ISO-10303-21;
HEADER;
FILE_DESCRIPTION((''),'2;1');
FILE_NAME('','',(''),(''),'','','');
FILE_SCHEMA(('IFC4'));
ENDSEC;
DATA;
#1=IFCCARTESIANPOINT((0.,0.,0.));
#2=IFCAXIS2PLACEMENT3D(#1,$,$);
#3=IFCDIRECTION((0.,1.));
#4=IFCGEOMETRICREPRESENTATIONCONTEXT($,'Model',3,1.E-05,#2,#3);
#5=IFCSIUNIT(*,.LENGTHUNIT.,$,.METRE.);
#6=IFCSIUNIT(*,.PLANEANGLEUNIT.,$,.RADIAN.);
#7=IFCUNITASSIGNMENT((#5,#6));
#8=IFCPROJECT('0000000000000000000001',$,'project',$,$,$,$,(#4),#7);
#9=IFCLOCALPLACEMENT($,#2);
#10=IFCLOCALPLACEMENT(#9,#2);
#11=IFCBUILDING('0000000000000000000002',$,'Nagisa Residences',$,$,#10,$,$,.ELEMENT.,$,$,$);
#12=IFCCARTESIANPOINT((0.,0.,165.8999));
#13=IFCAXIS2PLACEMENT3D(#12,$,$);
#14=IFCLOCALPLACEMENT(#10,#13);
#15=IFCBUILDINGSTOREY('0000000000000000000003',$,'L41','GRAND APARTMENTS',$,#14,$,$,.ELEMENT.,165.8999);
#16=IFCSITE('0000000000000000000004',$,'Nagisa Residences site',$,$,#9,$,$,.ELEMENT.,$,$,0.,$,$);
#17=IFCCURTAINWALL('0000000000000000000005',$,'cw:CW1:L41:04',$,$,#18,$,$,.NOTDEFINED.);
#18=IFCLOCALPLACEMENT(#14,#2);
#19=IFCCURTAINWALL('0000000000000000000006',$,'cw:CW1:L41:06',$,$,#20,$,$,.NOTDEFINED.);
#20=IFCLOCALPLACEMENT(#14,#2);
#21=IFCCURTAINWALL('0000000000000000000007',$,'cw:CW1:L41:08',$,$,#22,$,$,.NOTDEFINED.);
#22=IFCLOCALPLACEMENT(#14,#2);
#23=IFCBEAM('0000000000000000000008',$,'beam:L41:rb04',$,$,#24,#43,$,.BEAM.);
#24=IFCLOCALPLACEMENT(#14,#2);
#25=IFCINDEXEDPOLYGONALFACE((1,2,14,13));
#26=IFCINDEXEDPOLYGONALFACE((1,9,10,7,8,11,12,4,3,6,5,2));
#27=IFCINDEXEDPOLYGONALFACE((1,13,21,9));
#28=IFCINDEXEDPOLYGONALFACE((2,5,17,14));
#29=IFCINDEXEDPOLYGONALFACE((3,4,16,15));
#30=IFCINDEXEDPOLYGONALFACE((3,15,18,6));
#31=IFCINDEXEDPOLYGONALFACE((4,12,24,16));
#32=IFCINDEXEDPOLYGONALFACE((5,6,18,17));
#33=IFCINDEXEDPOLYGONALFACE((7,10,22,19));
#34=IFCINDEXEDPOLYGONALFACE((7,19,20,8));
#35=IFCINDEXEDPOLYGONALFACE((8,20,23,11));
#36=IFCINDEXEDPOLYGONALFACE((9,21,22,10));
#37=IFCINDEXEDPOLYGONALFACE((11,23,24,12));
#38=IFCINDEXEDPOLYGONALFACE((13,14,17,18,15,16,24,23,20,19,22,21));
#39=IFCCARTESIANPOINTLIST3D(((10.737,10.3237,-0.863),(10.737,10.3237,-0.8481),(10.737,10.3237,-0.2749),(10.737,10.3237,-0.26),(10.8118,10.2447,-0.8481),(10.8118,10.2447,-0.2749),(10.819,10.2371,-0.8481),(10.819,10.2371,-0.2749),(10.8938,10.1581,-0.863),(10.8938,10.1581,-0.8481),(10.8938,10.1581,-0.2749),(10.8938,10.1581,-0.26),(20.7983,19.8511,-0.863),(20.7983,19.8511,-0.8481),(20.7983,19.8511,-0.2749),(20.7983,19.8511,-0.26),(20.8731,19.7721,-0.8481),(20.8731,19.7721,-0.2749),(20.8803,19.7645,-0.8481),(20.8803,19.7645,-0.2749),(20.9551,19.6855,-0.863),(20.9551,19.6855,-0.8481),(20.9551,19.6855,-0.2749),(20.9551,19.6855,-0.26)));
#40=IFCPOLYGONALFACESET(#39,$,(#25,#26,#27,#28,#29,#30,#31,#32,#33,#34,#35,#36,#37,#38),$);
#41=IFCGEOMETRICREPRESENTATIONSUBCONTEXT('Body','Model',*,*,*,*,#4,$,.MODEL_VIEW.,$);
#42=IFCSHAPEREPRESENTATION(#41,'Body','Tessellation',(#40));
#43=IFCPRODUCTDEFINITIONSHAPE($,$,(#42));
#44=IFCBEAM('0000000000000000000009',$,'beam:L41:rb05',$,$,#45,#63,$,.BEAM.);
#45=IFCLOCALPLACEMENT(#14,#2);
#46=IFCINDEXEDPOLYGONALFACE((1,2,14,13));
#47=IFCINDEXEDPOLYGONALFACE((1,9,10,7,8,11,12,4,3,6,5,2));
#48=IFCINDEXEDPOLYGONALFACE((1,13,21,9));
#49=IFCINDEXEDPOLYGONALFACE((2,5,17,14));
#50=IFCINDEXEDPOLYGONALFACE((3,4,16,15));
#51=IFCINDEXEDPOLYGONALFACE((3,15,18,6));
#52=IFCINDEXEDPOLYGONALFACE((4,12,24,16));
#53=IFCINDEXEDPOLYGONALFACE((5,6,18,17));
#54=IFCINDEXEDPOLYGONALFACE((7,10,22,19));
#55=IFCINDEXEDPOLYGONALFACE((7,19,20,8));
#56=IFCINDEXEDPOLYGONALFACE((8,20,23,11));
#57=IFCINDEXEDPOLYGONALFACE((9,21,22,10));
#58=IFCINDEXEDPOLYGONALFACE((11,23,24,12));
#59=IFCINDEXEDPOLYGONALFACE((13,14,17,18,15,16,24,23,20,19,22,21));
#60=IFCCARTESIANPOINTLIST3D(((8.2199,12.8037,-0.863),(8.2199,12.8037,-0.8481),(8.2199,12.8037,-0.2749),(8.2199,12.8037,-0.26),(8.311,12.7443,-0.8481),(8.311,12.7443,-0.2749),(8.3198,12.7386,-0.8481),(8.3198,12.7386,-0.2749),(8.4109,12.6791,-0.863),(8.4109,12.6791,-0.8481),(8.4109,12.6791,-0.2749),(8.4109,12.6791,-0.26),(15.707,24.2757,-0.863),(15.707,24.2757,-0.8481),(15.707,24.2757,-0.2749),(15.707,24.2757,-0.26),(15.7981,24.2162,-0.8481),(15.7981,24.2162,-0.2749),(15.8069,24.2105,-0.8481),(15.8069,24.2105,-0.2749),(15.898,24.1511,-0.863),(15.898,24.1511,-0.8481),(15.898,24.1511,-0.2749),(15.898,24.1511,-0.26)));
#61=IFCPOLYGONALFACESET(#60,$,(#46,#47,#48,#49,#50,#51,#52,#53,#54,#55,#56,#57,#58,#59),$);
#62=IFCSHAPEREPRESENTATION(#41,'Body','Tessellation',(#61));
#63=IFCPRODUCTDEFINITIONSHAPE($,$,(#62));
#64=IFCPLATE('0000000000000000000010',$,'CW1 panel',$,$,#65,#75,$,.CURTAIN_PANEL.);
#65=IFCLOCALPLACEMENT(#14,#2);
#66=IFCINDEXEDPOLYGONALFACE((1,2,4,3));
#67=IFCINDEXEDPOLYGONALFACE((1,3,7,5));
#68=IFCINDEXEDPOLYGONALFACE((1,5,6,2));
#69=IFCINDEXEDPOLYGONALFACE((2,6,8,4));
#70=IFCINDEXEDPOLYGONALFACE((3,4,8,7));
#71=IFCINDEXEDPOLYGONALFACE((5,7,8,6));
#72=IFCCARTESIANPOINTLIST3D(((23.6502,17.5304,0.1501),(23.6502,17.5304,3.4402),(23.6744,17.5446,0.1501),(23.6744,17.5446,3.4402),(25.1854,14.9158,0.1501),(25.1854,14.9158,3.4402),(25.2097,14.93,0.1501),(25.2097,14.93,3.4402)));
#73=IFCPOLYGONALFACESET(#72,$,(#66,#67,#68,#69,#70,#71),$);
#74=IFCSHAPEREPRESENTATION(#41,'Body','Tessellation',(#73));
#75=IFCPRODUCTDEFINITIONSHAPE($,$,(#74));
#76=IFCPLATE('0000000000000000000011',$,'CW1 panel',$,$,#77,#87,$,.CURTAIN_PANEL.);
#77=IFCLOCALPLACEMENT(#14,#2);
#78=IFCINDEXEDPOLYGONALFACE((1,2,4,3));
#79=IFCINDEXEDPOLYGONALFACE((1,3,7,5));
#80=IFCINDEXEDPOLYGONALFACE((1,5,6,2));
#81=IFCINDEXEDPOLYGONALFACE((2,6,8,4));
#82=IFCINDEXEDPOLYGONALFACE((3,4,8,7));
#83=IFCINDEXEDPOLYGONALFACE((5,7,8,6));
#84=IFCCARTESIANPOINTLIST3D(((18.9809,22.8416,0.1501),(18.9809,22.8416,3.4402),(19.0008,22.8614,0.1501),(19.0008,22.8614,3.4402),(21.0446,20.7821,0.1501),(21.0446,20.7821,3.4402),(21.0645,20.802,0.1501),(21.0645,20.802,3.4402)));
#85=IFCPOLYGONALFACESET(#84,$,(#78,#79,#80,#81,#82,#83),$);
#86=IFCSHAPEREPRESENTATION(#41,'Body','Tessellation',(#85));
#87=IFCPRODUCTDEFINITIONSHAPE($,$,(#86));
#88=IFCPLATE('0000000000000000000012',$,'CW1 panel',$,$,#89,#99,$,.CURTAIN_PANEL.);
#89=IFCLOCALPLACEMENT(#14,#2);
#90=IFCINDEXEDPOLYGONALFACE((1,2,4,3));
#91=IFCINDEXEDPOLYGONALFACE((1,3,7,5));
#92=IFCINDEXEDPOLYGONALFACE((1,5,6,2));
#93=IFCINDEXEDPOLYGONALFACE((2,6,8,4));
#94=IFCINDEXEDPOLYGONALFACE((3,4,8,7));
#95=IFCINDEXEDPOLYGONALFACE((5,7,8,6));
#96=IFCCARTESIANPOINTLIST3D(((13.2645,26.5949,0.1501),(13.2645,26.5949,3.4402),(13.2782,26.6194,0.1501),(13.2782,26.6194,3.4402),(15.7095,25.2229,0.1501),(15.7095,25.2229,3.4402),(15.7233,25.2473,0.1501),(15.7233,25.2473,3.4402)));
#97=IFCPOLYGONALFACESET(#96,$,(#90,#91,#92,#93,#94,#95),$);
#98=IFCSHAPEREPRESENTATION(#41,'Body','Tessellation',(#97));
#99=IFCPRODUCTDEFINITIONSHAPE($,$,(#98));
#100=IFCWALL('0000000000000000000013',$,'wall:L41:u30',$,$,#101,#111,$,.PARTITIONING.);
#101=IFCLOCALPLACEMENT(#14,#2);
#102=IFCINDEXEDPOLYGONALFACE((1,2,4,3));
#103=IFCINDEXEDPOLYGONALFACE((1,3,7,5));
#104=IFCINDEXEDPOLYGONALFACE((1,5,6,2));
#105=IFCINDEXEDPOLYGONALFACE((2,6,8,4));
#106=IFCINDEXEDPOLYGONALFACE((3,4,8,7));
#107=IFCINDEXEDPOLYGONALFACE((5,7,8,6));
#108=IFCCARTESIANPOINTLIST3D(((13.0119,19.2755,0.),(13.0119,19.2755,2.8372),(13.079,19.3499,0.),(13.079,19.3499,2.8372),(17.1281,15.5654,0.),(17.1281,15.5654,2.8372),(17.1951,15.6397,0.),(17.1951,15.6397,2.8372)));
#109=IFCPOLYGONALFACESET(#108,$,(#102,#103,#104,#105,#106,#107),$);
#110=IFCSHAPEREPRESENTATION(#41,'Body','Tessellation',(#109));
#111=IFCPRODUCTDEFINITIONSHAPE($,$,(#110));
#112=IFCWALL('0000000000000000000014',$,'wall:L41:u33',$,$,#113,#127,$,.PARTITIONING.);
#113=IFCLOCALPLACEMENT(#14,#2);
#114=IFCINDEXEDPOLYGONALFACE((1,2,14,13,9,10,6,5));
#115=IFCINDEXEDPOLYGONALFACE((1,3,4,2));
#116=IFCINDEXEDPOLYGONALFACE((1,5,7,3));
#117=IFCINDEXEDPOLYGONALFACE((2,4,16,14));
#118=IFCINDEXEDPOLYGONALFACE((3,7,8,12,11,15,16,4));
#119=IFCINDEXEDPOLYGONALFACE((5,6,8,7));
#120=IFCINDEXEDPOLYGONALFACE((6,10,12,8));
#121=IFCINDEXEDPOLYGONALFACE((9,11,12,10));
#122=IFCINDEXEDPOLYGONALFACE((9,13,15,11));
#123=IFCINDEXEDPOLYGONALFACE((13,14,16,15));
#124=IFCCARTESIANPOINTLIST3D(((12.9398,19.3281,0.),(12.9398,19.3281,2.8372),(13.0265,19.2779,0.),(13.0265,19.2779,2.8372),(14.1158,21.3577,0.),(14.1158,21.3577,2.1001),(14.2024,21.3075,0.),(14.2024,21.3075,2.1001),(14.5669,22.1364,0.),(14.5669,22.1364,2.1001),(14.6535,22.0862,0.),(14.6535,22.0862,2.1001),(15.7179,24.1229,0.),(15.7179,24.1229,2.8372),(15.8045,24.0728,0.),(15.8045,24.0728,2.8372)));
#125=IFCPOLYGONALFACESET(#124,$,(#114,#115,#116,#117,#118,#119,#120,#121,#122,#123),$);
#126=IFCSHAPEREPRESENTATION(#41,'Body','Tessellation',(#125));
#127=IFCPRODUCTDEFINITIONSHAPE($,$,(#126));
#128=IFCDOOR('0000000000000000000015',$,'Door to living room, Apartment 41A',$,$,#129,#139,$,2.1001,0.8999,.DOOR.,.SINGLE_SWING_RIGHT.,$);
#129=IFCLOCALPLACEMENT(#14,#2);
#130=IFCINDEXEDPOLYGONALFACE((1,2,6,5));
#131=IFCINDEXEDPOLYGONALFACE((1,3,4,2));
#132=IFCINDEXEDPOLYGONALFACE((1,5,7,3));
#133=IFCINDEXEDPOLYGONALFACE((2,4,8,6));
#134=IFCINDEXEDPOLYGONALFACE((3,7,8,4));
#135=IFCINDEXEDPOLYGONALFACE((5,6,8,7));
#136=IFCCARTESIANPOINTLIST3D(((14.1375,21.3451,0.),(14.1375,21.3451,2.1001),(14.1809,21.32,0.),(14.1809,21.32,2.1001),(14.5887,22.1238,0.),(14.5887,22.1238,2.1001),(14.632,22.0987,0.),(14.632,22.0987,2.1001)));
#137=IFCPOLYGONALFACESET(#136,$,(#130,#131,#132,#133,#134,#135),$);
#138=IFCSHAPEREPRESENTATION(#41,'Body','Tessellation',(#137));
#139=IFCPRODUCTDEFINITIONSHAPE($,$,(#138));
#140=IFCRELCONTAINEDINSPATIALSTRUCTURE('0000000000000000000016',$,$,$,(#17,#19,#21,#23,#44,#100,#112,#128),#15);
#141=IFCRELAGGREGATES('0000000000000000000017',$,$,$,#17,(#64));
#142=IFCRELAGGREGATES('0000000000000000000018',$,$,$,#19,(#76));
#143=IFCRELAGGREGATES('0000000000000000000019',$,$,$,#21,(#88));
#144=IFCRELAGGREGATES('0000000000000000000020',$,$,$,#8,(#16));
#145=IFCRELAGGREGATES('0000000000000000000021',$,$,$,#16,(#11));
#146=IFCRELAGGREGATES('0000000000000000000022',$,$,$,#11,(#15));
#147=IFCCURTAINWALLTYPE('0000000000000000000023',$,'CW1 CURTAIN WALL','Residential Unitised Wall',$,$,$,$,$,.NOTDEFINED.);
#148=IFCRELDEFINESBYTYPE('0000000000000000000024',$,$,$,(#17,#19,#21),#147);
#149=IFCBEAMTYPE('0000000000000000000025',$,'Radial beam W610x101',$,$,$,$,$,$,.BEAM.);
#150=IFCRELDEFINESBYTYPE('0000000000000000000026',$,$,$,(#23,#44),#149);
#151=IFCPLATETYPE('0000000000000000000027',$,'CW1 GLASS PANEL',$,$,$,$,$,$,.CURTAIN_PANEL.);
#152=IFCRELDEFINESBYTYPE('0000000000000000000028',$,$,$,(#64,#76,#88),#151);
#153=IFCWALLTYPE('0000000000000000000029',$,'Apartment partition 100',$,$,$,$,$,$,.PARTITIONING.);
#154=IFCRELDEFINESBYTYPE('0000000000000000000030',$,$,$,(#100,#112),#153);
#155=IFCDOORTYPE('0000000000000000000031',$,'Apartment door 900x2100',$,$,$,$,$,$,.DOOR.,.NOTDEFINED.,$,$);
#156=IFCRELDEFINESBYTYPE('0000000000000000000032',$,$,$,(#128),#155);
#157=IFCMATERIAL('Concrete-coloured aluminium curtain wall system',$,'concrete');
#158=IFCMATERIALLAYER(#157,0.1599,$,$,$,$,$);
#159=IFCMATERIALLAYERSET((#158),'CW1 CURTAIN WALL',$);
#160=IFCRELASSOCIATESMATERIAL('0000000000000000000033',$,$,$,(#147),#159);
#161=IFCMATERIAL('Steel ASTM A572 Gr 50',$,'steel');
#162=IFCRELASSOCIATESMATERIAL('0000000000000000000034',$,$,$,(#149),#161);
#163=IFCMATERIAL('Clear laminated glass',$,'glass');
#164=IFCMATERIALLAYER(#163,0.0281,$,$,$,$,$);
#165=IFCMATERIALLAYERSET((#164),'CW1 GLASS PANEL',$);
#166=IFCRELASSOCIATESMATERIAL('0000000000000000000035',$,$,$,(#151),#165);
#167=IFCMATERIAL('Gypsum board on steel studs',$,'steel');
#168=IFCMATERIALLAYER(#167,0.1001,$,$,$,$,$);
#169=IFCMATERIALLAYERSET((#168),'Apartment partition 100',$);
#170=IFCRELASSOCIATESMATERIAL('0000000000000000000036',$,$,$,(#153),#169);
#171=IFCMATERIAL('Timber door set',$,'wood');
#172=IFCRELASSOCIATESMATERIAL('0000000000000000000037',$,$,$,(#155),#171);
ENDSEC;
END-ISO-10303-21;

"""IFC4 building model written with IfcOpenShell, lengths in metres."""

from ifc_helpers import new_model, si_unit, direction, frame, frame_2d, origin, origin_2d, place, context, subcontext, project, spatial, rectangle, i_section, extrude, material, layer, layer_set, material_profile, profile_set, type_object, element, fill, aggregate, save


model = new_model("IFC4")

# Units and contexts
model_context = context("Model", 3, precision=1e-05, world=origin(), true_north=direction((0.0, 1.0)))
body_context = subcontext(model_context, "Body", "Model", "MODEL_VIEW")
ifc_project = project(units=[si_unit("LENGTHUNIT", "METRE"), si_unit("PLANEANGLEUNIT", "RADIAN")], contexts=[model_context])

# Site, building, storey
site_placement = place(None, origin())
site = spatial("IfcSite", under=ifc_project, at=site_placement, Name="Nagisa Residences site", CompositionType="ELEMENT", RefElevation=0.0)
building_placement = place(site_placement, origin())
building = spatial("IfcBuilding", under=site, at=building_placement, Name="Nagisa Residences", CompositionType="ELEMENT")
storey_placement = place(building_placement, frame((0.0, 0.0, 165.8999)))
storey = spatial("IfcBuildingStorey", under=building, at=storey_placement, Name="L41", Description="GRAND APARTMENTS", CompositionType="ELEMENT", Elevation=165.8999)

# Curtain walls
ifc_material_1 = material(Name="Concrete-coloured aluminium curtain wall system", Category="concrete")
ifc_layer_1 = layer(ifc_material_1, 0.1599)
ifc_layer_set_1 = layer_set([ifc_layer_1], Name="CW1 CURTAIN WALL")
curtain_wall_type = type_object("IfcCurtainWallType", Name="CW1 CURTAIN WALL", Description="Residential Unitised Wall", PredefinedType="NOTDEFINED", material=ifc_layer_set_1)
curtain_wall_1_placement = place(storey_placement, origin())
curtain_wall_1 = element("IfcCurtainWall", 1, at=curtain_wall_1_placement, inside=storey, type_object=curtain_wall_type, Name="cw:CW1:L41:04", PredefinedType="NOTDEFINED")
curtain_wall_2_placement = place(storey_placement, origin())
curtain_wall_2 = element("IfcCurtainWall", 2, at=curtain_wall_2_placement, inside=storey, type_object=curtain_wall_type, Name="cw:CW1:L41:06", PredefinedType="NOTDEFINED")
curtain_wall_3_placement = place(storey_placement, origin())
curtain_wall_3 = element("IfcCurtainWall", 3, at=curtain_wall_3_placement, inside=storey, type_object=curtain_wall_type, Name="cw:CW1:L41:08", PredefinedType="NOTDEFINED")

# Beams
ifc_material_2 = material(Name="Steel ASTM A572 Gr 50", Category="steel")
ifc_material_profile_1 = material_profile(ifc_material_2, i_section(OverallWidth=0.228, OverallDepth=0.603, WebThickness=0.0105, FlangeThickness=0.0149, at=origin_2d()), Name="W610x101")
ifc_profile_set_1 = profile_set([ifc_material_profile_1], Name="Steel ASTM A572 Gr 50")
beam_type = type_object("IfcBeamType", Name="Radial beam W610x101", PredefinedType="BEAM", material=ifc_profile_set_1)
beam_1_placement = place(storey_placement, frame((20.8767, 19.7683, -0.5615), z_axis=(-0.726111, -0.687577, 0.0), x_axis=(0.687577, -0.726111, 0.0)))
element("IfcBeam", 4, at=beam_1_placement, inside=storey, type_object=beam_type, Name="beam:L41:rb04", PredefinedType="BEAM", context=body_context, shape_type="SweptSolid", body=[
    extrude(i_section(OverallWidth=0.228, OverallDepth=0.603, WebThickness=0.0105, FlangeThickness=0.0149, at=origin_2d()), origin(), (0.0, 0.0, 1.0), 13.8564),
])
beam_2_placement = place(storey_placement, frame((15.8025, 24.2134, -0.5615), z_axis=(-0.546543, -0.837431, 0.0), x_axis=(0.837431, -0.546543, 0.0)))
element("IfcBeam", 5, at=beam_2_placement, inside=storey, type_object=beam_type, Name="beam:L41:rb05", PredefinedType="BEAM", context=body_context, shape_type="SweptSolid", body=[
    extrude(i_section(OverallWidth=0.228, OverallDepth=0.603, WebThickness=0.0105, FlangeThickness=0.0149, at=origin_2d()), origin(), (0.0, 0.0, 1.0), 13.699),
])

# Plates
ifc_material_3 = material(Name="Clear laminated glass", Category="glass")
ifc_layer_2 = layer(ifc_material_3, 0.0281)
ifc_layer_set_2 = layer_set([ifc_layer_2], Name="CW1 GLASS PANEL")
plate_type = type_object("IfcPlateType", Name="CW1 GLASS PANEL", PredefinedType="CURTAIN_PANEL", material=ifc_layer_set_2)
plate_1_placement = place(storey_placement, frame((24.4299, 16.2302, 0.1501), z_axis=(0.0, 0.0, 1.0), x_axis=(-0.506349, 0.862329, 0.0)))
plate_1 = element("IfcPlate", 6, at=plate_1_placement, type_object=plate_type, Name="CW1 panel", PredefinedType="CURTAIN_PANEL", context=body_context, shape_type="SweptSolid", body=[
    extrude(rectangle(XDim=3.032, YDim=0.0281, at=origin_2d()), origin(), (0.0, 0.0, 1.0), 3.29),
])
aggregate(curtain_wall_1, [plate_1])
plate_2_placement = place(storey_placement, frame((20.0227, 21.8218, 0.1501), z_axis=(0.0, 0.0, 1.0), x_axis=(-0.707836, 0.706377, 0.0)))
plate_2 = element("IfcPlate", 7, at=plate_2_placement, type_object=plate_type, Name="CW1 panel", PredefinedType="CURTAIN_PANEL", context=body_context, shape_type="SweptSolid", body=[
    extrude(rectangle(XDim=2.9155, YDim=0.0281, at=origin_2d()), origin(), (0.0, 0.0, 1.0), 3.29),
])
aggregate(curtain_wall_2, [plate_2])
plate_3_placement = place(storey_placement, frame((14.4939, 25.9211, 0.1501), z_axis=(0.0, 0.0, 1.0), x_axis=(-0.872072, 0.489377, 0.0)))
plate_3 = element("IfcPlate", 8, at=plate_3_placement, type_object=plate_type, Name="CW1 panel", PredefinedType="CURTAIN_PANEL", context=body_context, shape_type="SweptSolid", body=[
    extrude(rectangle(XDim=2.8037, YDim=0.0281, at=origin_2d()), origin(), (0.0, 0.0, 1.0), 3.29),
])
aggregate(curtain_wall_3, [plate_3])

# Wall
ifc_material_4 = material(Name="Gypsum board on steel studs", Category="steel")
ifc_layer_3 = layer(ifc_material_4, 0.1001)
ifc_layer_set_3 = layer_set([ifc_layer_3], Name="Apartment partition 100")
wall_type_1 = type_object("IfcWallType", Name="Apartment partition 100", PredefinedType="PARTITIONING", material=ifc_layer_set_3)
wall_1_placement = place(storey_placement, frame((17.1616, 15.6025, 0.0), z_axis=(0.0, 0.0, 1.0), x_axis=(-0.74279, 0.669524, 0.0)))
element("IfcWall", 9, at=wall_1_placement, inside=storey, type_object=wall_type_1, Name="wall:L41:u30", PredefinedType="PARTITIONING", context=body_context, shape_type="SweptSolid", body=[
    extrude(rectangle(XDim=5.5415, YDim=0.1001, at=frame_2d((2.7708, 0.0))), origin(), (0.0, 0.0, 1.0), 2.8372),
])

# Wall, opening, door
wall_2_placement = place(storey_placement, frame((12.9832, 19.303, 0.0), z_axis=(0.0, 0.0, 1.0), x_axis=(0.501316, 0.865264, 0.0)))
wall_2 = element("IfcWall", 10, at=wall_2_placement, inside=storey, type_object=wall_type_1, Name="wall:L41:u33", PredefinedType="PARTITIONING", context=body_context, shape_type="SweptSolid", body=[
    extrude(rectangle(XDim=5.5415, YDim=0.1001, at=frame_2d((2.7708, 0.0))), origin(), (0.0, 0.0, 1.0), 2.8372),
])
opening_1_placement = place(wall_2_placement, frame((2.3457, 0.0, 0.0)))
opening_1 = element("IfcOpeningElement", 11, at=opening_1_placement, cuts=wall_2, PredefinedType="OPENING", context=body_context, shape_type="SweptSolid", body=[
    extrude(rectangle(XDim=0.8999, YDim=2.1001, at=frame_2d((0.45, 1.05))), frame((0.0, 0.0601, 0.0), z_axis=(0.0, -1.0, 0.0), x_axis=(1.0, 0.0, 0.0)), (0.0, 0.0, 1.0), 0.1201),
])
ifc_material_5 = material(Name="Timber door set", Category="wood")
door_type_1 = type_object("IfcDoorType", Name="Apartment door 900x2100", OperationType="NOTDEFINED", PredefinedType="DOOR", material=ifc_material_5)
door_1_placement = place(opening_1_placement, origin())
door_1 = element("IfcDoor", 12, at=door_1_placement, inside=storey, type_object=door_type_1, Name="Door to living room, Apartment 41A", OperationType="SINGLE_SWING_RIGHT", OverallHeight=2.1001, OverallWidth=0.8999, PredefinedType="DOOR", context=body_context, shape_type="SweptSolid", body=[
    extrude(rectangle(XDim=0.8999, YDim=2.1001, at=frame_2d((0.45, 1.05))), frame((0.0, 0.0249, 0.0), z_axis=(0.0, -1.0, 0.0), x_axis=(1.0, 0.0, 0.0)), (0.0, 0.0, 1.0), 0.05),
])
fill(opening_1, door_1)

save(model, "model.ifc")
